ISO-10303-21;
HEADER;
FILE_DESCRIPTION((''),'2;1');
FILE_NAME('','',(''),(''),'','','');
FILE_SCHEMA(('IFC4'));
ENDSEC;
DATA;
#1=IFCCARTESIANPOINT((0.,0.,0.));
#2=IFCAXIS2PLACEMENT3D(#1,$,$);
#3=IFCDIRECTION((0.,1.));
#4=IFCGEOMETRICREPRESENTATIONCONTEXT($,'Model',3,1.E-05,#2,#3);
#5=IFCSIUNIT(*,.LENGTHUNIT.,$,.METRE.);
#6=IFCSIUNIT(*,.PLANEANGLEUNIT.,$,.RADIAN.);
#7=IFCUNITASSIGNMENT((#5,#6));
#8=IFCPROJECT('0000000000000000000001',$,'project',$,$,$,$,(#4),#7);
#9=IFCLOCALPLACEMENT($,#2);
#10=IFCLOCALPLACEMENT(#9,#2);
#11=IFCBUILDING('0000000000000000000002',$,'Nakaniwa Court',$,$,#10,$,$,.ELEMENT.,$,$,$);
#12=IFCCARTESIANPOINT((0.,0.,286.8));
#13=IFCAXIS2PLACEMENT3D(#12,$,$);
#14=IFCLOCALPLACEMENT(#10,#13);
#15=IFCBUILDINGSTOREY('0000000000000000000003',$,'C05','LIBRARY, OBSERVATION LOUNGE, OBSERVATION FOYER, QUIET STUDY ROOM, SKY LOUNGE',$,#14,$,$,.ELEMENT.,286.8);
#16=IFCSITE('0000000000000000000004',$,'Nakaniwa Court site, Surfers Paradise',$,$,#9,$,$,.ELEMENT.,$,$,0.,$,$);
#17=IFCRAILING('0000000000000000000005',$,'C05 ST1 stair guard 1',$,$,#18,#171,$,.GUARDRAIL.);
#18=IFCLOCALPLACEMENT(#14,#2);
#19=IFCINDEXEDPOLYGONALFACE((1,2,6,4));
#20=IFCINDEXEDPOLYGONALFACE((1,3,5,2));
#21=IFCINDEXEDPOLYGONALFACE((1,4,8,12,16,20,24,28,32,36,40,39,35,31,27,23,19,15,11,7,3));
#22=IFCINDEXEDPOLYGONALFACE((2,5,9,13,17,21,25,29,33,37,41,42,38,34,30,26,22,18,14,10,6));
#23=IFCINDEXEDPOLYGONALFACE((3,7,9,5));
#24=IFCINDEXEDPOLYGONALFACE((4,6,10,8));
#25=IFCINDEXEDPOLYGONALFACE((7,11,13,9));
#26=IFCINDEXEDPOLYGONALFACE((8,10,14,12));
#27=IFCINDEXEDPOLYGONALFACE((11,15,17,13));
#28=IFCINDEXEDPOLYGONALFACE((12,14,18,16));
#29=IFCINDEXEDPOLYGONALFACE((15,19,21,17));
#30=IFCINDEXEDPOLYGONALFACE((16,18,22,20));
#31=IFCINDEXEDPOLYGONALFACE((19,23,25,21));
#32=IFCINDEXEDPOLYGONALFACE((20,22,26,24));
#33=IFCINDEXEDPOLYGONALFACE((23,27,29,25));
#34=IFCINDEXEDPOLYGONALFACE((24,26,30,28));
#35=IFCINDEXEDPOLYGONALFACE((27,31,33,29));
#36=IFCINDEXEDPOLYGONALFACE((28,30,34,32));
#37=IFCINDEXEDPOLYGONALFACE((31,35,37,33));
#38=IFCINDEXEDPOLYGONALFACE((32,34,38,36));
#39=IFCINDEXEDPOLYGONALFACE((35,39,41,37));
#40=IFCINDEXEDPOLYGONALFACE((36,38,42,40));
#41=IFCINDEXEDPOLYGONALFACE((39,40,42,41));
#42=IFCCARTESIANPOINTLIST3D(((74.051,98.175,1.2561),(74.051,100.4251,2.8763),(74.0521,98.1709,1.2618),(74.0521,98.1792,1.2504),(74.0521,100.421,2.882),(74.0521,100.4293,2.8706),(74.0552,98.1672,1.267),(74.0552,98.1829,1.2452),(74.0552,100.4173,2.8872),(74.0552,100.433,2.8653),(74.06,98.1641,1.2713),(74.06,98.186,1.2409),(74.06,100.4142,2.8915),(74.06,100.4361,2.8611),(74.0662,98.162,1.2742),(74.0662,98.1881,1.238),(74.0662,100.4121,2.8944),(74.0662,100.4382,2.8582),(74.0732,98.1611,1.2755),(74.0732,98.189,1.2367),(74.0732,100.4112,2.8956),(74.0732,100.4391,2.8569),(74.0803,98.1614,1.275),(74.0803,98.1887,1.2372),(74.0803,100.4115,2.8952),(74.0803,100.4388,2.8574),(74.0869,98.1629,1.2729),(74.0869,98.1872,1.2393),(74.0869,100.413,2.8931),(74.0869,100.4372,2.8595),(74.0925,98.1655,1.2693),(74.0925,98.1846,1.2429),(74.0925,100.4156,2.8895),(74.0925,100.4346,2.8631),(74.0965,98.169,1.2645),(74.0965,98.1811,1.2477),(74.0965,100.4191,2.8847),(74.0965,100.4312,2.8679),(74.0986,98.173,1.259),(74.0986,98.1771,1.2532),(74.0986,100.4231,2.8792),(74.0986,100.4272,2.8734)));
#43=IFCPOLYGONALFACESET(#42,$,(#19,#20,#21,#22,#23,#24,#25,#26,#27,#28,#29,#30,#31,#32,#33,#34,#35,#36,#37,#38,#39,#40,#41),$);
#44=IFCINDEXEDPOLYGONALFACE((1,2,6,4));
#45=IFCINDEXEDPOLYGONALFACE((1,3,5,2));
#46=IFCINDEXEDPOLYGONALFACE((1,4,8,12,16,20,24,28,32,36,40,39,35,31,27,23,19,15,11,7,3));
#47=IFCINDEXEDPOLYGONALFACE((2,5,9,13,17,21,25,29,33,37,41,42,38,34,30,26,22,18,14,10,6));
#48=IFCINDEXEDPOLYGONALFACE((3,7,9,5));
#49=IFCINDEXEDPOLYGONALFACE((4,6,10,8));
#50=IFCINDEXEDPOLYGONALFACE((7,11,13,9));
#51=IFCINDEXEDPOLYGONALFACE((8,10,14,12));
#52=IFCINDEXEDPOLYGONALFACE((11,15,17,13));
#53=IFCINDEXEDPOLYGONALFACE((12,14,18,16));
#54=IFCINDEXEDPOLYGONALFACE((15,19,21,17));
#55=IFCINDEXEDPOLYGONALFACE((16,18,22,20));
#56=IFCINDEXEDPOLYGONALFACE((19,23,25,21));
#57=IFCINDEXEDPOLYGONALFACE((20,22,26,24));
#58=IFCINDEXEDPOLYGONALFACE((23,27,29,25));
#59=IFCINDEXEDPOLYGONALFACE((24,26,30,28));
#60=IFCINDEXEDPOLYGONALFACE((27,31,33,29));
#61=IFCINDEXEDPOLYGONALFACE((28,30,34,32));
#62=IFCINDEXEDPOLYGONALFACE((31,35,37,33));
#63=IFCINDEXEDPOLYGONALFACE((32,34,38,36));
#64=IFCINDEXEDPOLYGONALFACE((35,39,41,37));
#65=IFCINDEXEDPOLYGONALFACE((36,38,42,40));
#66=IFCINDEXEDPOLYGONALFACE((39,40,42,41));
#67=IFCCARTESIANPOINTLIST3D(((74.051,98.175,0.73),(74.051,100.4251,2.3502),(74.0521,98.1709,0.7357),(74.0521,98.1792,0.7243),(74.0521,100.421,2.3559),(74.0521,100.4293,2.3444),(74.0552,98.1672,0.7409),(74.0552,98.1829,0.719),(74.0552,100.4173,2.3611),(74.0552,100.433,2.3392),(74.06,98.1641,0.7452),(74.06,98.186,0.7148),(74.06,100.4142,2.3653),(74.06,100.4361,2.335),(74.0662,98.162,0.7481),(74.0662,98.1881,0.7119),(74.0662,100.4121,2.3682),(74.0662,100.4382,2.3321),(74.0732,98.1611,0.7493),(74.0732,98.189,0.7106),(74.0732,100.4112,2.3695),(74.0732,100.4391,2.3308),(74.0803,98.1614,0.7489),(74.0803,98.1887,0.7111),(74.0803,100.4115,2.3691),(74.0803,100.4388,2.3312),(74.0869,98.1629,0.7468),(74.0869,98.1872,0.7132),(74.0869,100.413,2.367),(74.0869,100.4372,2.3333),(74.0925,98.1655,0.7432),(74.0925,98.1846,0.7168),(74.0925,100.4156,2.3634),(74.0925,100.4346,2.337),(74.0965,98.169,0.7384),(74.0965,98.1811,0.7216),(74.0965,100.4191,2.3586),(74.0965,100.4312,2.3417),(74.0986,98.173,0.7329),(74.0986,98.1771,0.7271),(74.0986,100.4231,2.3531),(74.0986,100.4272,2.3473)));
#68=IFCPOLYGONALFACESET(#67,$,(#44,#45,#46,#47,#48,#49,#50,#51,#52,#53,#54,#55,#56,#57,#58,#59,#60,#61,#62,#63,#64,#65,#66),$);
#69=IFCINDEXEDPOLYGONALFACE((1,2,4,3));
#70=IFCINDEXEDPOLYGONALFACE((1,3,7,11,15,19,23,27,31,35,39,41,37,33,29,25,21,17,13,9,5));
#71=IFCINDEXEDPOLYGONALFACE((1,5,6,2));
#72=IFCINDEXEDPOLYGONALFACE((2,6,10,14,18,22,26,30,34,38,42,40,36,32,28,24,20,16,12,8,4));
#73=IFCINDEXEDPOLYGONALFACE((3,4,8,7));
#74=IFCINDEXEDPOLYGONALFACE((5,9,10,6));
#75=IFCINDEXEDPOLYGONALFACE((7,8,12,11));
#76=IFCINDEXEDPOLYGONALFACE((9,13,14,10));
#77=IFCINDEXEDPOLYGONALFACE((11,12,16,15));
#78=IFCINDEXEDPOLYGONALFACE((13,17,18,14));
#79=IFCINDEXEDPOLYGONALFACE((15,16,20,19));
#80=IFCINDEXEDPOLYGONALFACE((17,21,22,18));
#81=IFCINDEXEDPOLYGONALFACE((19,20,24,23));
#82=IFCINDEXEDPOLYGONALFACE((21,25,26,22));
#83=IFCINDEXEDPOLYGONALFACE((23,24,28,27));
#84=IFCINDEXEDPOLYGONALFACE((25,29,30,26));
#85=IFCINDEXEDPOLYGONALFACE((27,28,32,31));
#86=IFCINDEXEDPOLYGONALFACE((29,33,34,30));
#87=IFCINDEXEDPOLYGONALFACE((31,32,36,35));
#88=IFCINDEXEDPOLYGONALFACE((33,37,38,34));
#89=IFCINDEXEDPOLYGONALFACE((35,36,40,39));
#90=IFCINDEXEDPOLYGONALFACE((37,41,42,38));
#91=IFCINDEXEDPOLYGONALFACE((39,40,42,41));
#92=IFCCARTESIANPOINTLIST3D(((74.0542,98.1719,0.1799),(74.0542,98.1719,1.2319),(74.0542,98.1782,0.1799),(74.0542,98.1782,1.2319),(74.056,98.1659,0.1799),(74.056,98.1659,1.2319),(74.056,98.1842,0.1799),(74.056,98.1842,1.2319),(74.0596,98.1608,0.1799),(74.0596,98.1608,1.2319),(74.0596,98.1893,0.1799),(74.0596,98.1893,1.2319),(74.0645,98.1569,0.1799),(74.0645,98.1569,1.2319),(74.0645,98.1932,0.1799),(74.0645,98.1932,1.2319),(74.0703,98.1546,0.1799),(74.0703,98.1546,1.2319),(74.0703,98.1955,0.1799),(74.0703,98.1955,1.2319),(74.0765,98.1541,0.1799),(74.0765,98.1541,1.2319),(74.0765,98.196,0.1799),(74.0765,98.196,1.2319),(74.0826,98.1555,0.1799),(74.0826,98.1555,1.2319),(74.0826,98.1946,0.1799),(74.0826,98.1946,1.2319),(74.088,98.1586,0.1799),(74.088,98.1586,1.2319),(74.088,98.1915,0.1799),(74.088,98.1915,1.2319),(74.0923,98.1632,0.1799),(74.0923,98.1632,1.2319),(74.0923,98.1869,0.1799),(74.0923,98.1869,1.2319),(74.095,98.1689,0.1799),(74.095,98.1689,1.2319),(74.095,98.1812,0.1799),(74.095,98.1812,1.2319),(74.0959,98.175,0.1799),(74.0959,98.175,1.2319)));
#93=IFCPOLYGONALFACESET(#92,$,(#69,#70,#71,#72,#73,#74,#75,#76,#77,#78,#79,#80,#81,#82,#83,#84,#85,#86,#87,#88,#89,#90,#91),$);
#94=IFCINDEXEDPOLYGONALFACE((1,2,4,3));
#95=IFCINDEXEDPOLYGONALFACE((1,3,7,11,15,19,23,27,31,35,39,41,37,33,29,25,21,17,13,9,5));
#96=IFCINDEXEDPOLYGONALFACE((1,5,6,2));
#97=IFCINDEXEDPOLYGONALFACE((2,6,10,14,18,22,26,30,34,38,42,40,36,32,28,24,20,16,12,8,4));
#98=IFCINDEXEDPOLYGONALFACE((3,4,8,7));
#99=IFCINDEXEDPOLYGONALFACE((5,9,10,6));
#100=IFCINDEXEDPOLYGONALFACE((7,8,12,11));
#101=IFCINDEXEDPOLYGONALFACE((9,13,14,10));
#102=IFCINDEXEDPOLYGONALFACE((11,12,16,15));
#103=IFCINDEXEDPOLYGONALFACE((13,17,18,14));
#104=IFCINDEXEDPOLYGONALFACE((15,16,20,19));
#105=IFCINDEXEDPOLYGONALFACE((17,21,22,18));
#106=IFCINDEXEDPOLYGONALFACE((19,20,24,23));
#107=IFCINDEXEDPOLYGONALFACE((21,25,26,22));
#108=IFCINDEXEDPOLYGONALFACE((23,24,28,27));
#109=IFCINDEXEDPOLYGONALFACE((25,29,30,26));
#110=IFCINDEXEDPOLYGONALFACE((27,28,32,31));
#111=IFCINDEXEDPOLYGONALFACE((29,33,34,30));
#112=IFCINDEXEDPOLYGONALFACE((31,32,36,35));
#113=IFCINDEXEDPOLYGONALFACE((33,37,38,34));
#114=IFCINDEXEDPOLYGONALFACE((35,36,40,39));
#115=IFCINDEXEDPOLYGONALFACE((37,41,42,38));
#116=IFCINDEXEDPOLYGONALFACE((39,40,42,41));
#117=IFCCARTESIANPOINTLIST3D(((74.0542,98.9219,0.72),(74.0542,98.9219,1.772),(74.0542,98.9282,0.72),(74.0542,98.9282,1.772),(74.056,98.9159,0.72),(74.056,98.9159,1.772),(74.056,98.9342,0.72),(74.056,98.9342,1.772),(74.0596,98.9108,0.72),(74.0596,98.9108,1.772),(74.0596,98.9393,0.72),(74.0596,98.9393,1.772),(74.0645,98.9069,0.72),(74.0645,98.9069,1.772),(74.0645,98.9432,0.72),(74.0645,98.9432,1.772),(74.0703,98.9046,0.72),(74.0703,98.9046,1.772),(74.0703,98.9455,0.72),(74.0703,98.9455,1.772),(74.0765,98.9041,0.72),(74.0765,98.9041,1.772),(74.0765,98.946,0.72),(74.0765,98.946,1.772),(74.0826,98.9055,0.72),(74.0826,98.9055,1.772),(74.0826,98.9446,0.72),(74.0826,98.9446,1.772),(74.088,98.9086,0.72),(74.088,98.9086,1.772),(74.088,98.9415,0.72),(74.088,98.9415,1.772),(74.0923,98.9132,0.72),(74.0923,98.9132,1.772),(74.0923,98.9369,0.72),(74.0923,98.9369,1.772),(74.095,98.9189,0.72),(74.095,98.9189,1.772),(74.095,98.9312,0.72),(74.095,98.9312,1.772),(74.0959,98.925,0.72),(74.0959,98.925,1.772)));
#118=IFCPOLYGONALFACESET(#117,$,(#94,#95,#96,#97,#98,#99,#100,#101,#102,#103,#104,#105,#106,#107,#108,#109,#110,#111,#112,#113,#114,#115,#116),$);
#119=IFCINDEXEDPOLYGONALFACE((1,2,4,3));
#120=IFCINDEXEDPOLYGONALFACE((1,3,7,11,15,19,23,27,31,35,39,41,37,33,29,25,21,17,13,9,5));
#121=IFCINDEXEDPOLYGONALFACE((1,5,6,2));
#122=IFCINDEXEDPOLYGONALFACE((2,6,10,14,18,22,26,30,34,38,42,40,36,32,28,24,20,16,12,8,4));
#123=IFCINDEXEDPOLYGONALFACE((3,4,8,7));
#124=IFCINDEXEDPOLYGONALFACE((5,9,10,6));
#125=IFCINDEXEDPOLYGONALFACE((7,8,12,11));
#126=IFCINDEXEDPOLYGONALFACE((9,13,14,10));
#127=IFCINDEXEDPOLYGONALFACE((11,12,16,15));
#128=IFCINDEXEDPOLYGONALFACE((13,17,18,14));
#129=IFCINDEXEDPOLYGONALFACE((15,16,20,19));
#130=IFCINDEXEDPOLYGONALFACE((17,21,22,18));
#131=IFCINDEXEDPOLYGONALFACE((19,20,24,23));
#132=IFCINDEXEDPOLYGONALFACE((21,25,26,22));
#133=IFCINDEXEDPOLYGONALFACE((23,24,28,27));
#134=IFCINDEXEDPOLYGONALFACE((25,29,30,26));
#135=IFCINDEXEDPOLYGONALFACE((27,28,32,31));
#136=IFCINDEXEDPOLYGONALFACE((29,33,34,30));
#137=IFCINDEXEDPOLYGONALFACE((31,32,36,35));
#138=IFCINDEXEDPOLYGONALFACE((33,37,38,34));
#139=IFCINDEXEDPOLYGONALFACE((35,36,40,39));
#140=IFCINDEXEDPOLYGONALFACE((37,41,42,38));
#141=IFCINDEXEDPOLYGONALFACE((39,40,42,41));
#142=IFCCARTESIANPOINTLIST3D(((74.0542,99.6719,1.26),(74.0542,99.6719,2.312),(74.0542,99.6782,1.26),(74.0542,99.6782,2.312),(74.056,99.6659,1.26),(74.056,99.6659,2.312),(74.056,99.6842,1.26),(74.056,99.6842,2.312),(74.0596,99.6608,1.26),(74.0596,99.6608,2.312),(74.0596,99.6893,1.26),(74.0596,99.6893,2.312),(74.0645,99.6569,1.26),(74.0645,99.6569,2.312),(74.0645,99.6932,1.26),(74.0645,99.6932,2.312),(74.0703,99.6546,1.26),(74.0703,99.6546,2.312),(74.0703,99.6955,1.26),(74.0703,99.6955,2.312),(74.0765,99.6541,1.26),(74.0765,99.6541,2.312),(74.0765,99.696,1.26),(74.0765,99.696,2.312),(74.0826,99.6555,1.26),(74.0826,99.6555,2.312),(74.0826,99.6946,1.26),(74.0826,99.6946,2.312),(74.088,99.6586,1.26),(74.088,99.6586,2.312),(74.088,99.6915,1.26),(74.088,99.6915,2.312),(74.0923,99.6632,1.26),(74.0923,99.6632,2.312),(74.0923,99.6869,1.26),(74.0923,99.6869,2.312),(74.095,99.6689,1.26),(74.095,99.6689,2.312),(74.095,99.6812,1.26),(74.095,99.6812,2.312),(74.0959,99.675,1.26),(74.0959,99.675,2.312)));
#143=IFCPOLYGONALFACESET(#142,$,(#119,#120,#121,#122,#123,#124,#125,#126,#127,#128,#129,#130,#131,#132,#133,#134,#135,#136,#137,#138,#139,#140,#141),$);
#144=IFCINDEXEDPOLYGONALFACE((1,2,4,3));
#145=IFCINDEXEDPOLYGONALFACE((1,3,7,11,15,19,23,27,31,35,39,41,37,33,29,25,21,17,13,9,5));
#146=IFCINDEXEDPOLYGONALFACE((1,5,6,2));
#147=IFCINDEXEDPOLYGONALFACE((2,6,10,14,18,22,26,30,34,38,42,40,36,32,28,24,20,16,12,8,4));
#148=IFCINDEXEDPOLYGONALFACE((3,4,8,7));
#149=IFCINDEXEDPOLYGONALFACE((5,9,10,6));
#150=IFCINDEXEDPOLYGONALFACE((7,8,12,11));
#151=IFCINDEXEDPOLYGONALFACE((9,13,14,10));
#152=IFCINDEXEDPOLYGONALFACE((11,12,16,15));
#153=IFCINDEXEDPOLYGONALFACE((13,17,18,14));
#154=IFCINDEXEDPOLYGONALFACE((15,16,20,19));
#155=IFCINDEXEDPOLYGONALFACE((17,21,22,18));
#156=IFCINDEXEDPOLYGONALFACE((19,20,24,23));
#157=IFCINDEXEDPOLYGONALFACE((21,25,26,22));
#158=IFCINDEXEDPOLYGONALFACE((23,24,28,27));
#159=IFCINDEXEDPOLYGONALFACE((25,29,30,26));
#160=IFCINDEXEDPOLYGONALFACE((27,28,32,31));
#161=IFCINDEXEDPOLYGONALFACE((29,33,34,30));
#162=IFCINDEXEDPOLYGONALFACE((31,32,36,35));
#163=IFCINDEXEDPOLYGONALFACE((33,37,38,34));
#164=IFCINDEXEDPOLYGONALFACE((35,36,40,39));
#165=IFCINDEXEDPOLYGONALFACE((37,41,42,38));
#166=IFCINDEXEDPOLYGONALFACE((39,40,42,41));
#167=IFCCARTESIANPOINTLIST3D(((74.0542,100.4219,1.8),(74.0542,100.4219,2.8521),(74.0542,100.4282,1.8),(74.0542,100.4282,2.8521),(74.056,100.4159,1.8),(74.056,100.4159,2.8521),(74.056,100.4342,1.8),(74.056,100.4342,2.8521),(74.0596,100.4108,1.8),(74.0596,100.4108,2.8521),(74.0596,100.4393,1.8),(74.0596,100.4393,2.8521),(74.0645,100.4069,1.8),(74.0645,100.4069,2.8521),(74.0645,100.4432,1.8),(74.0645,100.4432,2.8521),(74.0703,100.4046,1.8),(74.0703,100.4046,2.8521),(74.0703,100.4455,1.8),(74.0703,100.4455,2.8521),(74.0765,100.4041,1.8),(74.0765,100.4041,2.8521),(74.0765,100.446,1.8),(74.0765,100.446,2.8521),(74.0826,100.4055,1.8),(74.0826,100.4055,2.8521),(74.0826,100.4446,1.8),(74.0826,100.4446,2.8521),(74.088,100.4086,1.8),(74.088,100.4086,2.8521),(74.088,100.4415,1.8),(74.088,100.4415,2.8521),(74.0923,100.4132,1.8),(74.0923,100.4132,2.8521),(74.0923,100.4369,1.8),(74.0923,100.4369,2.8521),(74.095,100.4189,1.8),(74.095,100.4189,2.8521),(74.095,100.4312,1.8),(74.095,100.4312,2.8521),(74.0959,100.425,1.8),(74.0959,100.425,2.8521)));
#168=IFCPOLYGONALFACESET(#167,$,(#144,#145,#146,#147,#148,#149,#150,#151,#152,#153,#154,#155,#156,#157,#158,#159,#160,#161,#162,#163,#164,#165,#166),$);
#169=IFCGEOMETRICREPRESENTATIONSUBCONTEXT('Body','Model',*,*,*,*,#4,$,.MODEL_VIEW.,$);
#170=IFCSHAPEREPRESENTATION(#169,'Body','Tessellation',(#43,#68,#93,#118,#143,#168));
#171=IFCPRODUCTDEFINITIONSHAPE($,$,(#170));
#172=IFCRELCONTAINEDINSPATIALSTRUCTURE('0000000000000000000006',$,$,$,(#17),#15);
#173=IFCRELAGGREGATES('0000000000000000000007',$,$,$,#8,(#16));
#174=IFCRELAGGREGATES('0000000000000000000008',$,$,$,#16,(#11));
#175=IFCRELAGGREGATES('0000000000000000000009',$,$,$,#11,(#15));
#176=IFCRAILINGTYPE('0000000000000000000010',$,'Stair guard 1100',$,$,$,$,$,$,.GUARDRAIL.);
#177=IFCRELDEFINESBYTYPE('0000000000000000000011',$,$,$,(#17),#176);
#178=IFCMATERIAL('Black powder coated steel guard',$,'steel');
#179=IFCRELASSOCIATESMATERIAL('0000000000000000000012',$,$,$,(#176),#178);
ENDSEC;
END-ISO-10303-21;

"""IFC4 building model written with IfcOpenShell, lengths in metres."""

from ifc_helpers import new_model, si_unit, direction, frame, origin, origin_2d, place, context, subcontext, project, spatial, circle, extrude, material, type_object, element, save


model = new_model("IFC4")

# Units and contexts
model_context = context("Model", 3, precision=1e-05, world=origin(), true_north=direction((0.0, 1.0)))
body_context = subcontext(model_context, "Body", "Model", "MODEL_VIEW")
ifc_project = project(units=[si_unit("LENGTHUNIT", "METRE"), si_unit("PLANEANGLEUNIT", "RADIAN")], contexts=[model_context])

# Site, building, storey
site_placement = place(None, origin())
site = spatial("IfcSite", under=ifc_project, at=site_placement, Name="Nakaniwa Court site, Surfers Paradise", CompositionType="ELEMENT", RefElevation=0.0)
building_placement = place(site_placement, origin())
building = spatial("IfcBuilding", under=site, at=building_placement, Name="Nakaniwa Court", CompositionType="ELEMENT")
storey_placement = place(building_placement, frame((0.0, 0.0, 286.8)))
storey = spatial("IfcBuildingStorey", under=building, at=storey_placement, Name="C05", Description="LIBRARY, OBSERVATION LOUNGE, OBSERVATION FOYER, QUIET STUDY ROOM, SKY LOUNGE", CompositionType="ELEMENT", Elevation=286.8)

# Railing
ifc_material_1 = material(Name="Black powder coated steel guard", Category="steel")
railing_type = type_object("IfcRailingType", Name="Stair guard 1100", PredefinedType="GUARDRAIL", material=ifc_material_1)
railing_1_placement = place(storey_placement, frame((74.075, 98.175, 0.1799)))
element("IfcRailing", 1, at=railing_1_placement, inside=storey, type_object=railing_type, Name="C05 ST1 stair guard 1", PredefinedType="GUARDRAIL", context=body_context, shape_type="SweptSolid", body=[
    extrude(circle(Radius=0.0239, at=origin_2d()), frame((0.0, 0.0, 1.0762), z_axis=(0.0, 0.811514, 0.584333), x_axis=(-1.0, 0.0, 0.0)), (0.0, 0.0, 1.0), 2.7727),
    extrude(circle(Radius=0.0239, at=origin_2d()), frame((0.0, 0.0, 0.55), z_axis=(0.0, 0.811514, 0.584333), x_axis=(-1.0, 0.0, 0.0)), (0.0, 0.0, 1.0), 2.7727),
    extrude(circle(Radius=0.021, at=origin_2d()), origin(), (0.0, 0.0, 1.0), 1.052),
    extrude(circle(Radius=0.021, at=origin_2d()), frame((0.0, 0.75, 0.54)), (0.0, 0.0, 1.0), 1.052),
    extrude(circle(Radius=0.021, at=origin_2d()), frame((0.0, 1.5, 1.0801)), (0.0, 0.0, 1.0), 1.052),
    extrude(circle(Radius=0.021, at=origin_2d()), frame((0.0, 2.25, 1.6201)), (0.0, 0.0, 1.0), 1.052),
])

save(model, "model.ifc")
